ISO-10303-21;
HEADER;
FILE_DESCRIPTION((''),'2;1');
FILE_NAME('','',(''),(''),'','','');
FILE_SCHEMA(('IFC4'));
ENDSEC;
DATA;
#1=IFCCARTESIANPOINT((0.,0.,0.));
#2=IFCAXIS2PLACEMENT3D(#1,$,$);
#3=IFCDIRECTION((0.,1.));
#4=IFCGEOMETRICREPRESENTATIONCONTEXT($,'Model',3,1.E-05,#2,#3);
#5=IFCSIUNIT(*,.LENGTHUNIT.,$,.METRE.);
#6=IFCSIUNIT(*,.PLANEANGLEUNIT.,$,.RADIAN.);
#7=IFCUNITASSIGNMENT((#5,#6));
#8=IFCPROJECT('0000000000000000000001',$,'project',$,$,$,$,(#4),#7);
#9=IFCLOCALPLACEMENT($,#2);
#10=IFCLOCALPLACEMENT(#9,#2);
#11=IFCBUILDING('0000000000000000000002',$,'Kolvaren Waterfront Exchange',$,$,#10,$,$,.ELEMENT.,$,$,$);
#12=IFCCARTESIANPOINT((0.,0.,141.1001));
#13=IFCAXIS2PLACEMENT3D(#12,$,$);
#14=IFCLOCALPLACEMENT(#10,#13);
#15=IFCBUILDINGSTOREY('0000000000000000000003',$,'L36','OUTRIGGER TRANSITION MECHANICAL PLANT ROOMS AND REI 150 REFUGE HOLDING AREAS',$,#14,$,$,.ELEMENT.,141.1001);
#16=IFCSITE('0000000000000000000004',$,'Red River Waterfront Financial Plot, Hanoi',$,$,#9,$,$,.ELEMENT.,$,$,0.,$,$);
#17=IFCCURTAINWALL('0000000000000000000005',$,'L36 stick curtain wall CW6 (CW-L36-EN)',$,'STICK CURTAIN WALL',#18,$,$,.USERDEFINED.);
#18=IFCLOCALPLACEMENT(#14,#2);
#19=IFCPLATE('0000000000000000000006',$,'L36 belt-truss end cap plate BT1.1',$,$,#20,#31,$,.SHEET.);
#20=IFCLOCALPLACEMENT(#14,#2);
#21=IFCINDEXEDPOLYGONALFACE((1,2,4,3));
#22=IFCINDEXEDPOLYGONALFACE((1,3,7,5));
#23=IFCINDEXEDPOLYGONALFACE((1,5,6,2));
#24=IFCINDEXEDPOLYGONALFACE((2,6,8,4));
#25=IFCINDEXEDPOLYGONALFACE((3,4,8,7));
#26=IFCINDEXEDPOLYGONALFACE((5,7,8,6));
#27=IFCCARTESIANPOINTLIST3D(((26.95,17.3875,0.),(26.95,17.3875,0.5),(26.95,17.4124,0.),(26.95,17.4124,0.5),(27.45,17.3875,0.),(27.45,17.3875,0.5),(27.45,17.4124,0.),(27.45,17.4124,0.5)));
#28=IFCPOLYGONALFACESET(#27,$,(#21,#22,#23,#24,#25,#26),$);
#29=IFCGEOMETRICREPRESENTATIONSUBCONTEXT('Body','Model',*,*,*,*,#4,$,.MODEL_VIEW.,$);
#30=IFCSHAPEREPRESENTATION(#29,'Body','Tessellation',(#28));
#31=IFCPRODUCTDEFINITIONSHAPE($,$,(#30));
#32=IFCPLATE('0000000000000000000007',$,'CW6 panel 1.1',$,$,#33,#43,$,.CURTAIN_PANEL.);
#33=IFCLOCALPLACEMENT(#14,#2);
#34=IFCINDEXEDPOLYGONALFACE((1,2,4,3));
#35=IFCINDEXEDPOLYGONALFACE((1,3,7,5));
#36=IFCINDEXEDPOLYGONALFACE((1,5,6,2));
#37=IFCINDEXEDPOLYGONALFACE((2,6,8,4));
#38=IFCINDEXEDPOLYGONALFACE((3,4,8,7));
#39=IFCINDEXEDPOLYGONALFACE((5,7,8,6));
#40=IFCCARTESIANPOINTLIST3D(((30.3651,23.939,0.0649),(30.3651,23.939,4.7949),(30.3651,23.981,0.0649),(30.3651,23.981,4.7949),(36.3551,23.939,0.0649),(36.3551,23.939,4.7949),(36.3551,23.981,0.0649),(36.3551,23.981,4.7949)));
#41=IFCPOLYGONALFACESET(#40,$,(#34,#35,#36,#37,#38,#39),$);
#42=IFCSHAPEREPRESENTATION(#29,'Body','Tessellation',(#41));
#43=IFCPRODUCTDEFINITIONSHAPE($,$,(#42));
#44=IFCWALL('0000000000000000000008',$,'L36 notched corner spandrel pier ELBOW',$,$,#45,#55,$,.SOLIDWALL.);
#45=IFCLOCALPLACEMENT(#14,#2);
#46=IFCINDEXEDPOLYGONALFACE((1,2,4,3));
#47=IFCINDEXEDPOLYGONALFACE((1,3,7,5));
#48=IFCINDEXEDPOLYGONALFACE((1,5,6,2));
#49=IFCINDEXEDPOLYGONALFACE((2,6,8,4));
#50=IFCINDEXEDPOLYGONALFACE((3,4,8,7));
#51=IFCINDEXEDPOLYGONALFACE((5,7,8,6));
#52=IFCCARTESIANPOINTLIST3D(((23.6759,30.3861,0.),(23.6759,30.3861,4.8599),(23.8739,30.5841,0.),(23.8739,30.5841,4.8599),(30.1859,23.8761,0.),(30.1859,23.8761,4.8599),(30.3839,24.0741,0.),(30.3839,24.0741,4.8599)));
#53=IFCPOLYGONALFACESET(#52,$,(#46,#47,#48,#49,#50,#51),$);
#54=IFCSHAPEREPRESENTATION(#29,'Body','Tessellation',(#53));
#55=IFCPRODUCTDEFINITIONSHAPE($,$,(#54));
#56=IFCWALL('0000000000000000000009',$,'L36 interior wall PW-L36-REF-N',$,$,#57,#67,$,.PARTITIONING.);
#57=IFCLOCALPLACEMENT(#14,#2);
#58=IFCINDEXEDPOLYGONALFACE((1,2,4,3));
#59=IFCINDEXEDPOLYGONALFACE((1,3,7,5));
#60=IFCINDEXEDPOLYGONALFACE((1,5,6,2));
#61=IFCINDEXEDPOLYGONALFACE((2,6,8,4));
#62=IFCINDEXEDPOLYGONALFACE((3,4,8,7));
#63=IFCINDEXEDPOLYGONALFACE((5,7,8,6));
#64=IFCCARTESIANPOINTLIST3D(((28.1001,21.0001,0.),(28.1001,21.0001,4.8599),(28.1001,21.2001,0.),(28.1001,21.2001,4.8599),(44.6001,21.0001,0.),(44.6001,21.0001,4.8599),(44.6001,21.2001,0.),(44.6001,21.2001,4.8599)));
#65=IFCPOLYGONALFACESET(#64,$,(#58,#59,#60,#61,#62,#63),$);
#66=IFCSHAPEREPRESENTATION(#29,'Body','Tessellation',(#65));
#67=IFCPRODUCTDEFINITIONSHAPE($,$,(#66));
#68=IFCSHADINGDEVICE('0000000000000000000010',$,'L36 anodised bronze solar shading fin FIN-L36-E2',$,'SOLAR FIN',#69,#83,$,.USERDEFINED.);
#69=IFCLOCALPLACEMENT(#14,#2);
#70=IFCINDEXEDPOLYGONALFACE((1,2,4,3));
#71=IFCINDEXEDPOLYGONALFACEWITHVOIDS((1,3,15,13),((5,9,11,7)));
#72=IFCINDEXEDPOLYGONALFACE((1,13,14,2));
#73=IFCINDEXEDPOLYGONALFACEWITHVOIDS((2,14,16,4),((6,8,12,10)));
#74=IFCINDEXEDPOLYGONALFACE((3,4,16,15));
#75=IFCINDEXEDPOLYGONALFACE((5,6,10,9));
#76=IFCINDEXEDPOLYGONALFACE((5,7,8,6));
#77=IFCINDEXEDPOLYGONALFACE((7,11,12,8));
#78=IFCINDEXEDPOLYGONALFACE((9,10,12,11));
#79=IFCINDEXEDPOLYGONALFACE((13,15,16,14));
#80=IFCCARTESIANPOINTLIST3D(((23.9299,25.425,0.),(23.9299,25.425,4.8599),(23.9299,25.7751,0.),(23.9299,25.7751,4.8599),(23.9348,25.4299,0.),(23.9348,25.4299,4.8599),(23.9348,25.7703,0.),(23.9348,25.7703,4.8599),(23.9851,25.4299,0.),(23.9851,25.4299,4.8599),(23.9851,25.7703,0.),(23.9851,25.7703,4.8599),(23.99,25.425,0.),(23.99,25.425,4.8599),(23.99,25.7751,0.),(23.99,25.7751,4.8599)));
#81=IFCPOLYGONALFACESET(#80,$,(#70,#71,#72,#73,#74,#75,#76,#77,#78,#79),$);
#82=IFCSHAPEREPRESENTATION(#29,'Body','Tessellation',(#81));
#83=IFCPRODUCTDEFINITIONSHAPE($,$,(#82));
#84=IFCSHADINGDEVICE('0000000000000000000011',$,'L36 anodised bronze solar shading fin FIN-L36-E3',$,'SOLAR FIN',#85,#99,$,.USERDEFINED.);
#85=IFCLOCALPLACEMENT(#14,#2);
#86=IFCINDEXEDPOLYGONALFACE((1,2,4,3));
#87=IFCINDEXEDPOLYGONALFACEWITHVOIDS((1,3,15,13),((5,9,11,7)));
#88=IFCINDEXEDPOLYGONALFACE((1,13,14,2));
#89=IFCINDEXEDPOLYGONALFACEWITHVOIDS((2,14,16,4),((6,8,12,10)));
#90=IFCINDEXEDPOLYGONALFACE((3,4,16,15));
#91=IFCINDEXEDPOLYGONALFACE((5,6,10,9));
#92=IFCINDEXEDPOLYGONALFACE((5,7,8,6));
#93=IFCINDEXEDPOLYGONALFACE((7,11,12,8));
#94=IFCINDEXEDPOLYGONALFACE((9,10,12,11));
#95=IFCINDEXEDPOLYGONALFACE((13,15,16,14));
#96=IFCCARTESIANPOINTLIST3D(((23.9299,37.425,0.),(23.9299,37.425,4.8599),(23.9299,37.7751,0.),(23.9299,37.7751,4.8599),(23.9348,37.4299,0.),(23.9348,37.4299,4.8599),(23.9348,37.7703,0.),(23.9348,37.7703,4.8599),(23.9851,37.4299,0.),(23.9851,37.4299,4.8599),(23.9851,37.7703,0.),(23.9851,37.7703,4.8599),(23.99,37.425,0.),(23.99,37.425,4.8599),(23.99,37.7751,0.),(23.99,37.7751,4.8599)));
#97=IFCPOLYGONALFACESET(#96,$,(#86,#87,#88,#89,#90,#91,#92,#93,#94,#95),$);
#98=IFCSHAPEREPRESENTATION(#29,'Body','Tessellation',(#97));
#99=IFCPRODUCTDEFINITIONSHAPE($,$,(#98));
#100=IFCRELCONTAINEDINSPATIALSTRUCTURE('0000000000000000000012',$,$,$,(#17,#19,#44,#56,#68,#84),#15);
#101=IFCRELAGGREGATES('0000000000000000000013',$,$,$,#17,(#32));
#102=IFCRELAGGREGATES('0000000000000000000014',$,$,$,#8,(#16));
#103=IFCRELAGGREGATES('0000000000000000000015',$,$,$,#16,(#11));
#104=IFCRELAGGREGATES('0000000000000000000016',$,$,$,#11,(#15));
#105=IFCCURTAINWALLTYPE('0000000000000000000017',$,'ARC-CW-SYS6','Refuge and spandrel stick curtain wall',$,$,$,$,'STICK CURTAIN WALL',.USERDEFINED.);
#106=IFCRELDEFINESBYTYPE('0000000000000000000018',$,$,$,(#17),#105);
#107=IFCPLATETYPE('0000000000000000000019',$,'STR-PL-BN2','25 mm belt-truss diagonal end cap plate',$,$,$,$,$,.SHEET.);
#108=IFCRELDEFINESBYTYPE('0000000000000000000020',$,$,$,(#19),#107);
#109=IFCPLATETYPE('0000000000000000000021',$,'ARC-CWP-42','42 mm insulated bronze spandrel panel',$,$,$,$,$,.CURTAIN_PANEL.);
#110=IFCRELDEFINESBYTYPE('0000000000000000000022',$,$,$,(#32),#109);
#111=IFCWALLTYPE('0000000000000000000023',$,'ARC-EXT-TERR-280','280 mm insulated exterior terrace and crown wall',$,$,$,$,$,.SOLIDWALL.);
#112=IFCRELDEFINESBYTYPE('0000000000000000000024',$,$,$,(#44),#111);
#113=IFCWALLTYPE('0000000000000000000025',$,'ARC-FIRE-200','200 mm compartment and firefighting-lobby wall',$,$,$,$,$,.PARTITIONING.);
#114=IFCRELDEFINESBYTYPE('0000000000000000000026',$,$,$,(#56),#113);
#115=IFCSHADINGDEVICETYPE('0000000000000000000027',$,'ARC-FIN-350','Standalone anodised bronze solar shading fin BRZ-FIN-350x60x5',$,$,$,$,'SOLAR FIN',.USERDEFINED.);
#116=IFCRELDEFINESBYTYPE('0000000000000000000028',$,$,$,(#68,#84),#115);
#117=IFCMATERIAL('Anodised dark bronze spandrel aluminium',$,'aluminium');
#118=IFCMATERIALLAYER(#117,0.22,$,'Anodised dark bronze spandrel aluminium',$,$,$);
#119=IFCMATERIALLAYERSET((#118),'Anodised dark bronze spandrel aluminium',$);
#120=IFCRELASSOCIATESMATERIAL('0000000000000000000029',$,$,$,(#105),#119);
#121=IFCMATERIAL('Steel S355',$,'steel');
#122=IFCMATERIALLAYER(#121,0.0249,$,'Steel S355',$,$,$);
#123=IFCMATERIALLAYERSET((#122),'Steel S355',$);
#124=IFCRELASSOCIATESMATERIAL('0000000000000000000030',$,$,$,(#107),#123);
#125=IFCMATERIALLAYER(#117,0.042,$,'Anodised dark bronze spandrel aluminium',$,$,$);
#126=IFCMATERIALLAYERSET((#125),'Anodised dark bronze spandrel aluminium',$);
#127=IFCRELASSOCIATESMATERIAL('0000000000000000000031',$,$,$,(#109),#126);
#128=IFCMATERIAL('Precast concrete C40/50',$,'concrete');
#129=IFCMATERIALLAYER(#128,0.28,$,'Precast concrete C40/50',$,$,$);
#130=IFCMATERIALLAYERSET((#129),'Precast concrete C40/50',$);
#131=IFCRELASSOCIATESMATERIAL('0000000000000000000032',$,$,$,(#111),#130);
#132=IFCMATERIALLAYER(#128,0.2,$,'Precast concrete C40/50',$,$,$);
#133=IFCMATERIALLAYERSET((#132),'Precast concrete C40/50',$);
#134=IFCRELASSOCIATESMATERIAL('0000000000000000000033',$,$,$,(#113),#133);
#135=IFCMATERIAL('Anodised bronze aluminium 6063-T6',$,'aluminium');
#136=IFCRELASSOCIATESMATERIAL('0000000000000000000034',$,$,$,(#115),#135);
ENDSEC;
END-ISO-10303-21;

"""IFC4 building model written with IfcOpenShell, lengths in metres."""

from ifc_helpers import new_model, si_unit, direction, frame, frame_2d, origin, origin_with_axes, origin_2d, place, context, subcontext, project, spatial, rectangle, hollow_rectangle, extrude, source, transform, mapped, material, layer, layer_set, material_profile, profile_set, type_object, element, aggregate, save


model = new_model("IFC4")

# Units and contexts
model_context = context("Model", 3, precision=1e-05, world=origin(), true_north=direction((0.0, 1.0)))
body_context = subcontext(model_context, "Body", "Model", "MODEL_VIEW")
ifc_project = project(units=[si_unit("LENGTHUNIT", "METRE"), si_unit("PLANEANGLEUNIT", "RADIAN")], contexts=[model_context])

# Site, building, storey
site_placement = place(None, origin())
site = spatial("IfcSite", under=ifc_project, at=site_placement, Name="Red River Waterfront Financial Plot, Hanoi", CompositionType="ELEMENT", RefElevation=0.0)
building_placement = place(site_placement, origin())
building = spatial("IfcBuilding", under=site, at=building_placement, Name="Kolvaren Waterfront Exchange", CompositionType="ELEMENT")
storey_placement = place(building_placement, frame((0.0, 0.0, 141.1001)))
storey = spatial("IfcBuildingStorey", under=building, at=storey_placement, Name="L36", Description="OUTRIGGER TRANSITION MECHANICAL PLANT ROOMS AND REI 150 REFUGE HOLDING AREAS", CompositionType="ELEMENT", Elevation=141.1001)

# Shared definitions
ifc_material_1 = material(Name="Steel S355", Category="steel")

# Curtain wall
ifc_material_2 = material(Name="Anodised dark bronze spandrel aluminium", Category="aluminium")
ifc_layer_1 = layer(ifc_material_2, 0.22, Name="Anodised dark bronze spandrel aluminium")
ifc_layer_set_1 = layer_set([ifc_layer_1], Name="Anodised dark bronze spandrel aluminium")
curtain_wall_type = type_object("IfcCurtainWallType", Name="ARC-CW-SYS6", Description="Refuge and spandrel stick curtain wall", ElementType="STICK CURTAIN WALL", PredefinedType="USERDEFINED", material=ifc_layer_set_1)
curtain_wall_placement = place(storey_placement, origin())
curtain_wall = element("IfcCurtainWall", 1, at=curtain_wall_placement, inside=storey, type_object=curtain_wall_type, Name="L36 stick curtain wall CW6 (CW-L36-EN)", ObjectType="STICK CURTAIN WALL", PredefinedType="USERDEFINED")
ifc_material_3 = material(Name="Anodised bronze aluminium 6063-T6", Category="aluminium")

# Plate
ifc_layer_2 = layer(ifc_material_1, 0.0249, Name="Steel S355")
ifc_layer_set_2 = layer_set([ifc_layer_2], Name="Steel S355")
plate_type_1 = type_object("IfcPlateType", Name="STR-PL-BN2", Description="25 mm belt-truss diagonal end cap plate", PredefinedType="SHEET", material=ifc_layer_set_2)
shared_shape_1 = source(origin_with_axes(), body_context, "Body", "SweptSolid", [
    extrude(rectangle(XDim=0.5, YDim=0.0249, at=origin_2d()), origin(), (0.0, 0.0, 1.0), 0.5),
])
plate_1_placement = place(storey_placement, frame((27.2, 17.3999, 0.0), z_axis=(0.0, 0.0, 1.0), x_axis=(1.0, 0.0, 0.0)))
element("IfcPlate", 2, at=plate_1_placement, inside=storey, type_object=plate_type_1, Name="L36 belt-truss end cap plate BT1.1", PredefinedType="SHEET", context=body_context, shape_type="MappedRepresentation", body=[
    mapped(shared_shape_1, transform((0.0, 0.0, 0.0), x_axis=(1.0, 0.0, 0.0), y_axis=(0.0, 1.0, 0.0), z_axis=(0.0, 0.0, 1.0), scale=1.0)),
])

# Plate
ifc_layer_3 = layer(ifc_material_2, 0.042, Name="Anodised dark bronze spandrel aluminium")
ifc_layer_set_3 = layer_set([ifc_layer_3], Name="Anodised dark bronze spandrel aluminium")
plate_type_2 = type_object("IfcPlateType", Name="ARC-CWP-42", Description="42 mm insulated bronze spandrel panel", PredefinedType="CURTAIN_PANEL", material=ifc_layer_set_3)
shared_shape_2 = source(origin_with_axes(), body_context, "Body", "SweptSolid", [
    extrude(rectangle(XDim=5.99, YDim=0.042, at=origin_2d()), origin(), (0.0, 0.0, 1.0), 4.73),
])
plate_2_placement = place(storey_placement, frame((33.3601, 23.96, 0.0649), z_axis=(0.0, 0.0, 1.0), x_axis=(1.0, 0.0, 0.0)))
plate_2 = element("IfcPlate", 3, at=plate_2_placement, type_object=plate_type_2, Name="CW6 panel 1.1", PredefinedType="CURTAIN_PANEL", context=body_context, shape_type="MappedRepresentation", body=[
    mapped(shared_shape_2, transform((0.0, 0.0, 0.0), x_axis=(1.0, 0.0, 0.0), y_axis=(0.0, 1.0, 0.0), z_axis=(0.0, 0.0, 1.0), scale=1.0)),
])
aggregate(curtain_wall, [plate_2])

# Walls
ifc_material_4 = material(Name="Precast concrete C40/50", Category="concrete")
ifc_layer_4 = layer(ifc_material_4, 0.28, Name="Precast concrete C40/50")
ifc_layer_set_4 = layer_set([ifc_layer_4], Name="Precast concrete C40/50")
wall_type_1 = type_object("IfcWallType", Name="ARC-EXT-TERR-280", Description="280 mm insulated exterior terrace and crown wall", PredefinedType="SOLIDWALL", material=ifc_layer_set_4)
wall_1_placement = place(storey_placement, frame((30.2849, 23.9751, 0.0), z_axis=(0.0, 0.0, 1.0), x_axis=(-0.707107, 0.707107, 0.0)))
element("IfcWall", 4, at=wall_1_placement, inside=storey, type_object=wall_type_1, Name="L36 notched corner spandrel pier ELBOW", PredefinedType="SOLIDWALL", context=body_context, shape_type="SweptSolid", body=[
    extrude(rectangle(XDim=9.2065, YDim=0.28, at=frame_2d((4.6033, 0.0))), origin(), (0.0, 0.0, 1.0), 4.8599),
])
ifc_layer_5 = layer(ifc_material_4, 0.2, Name="Precast concrete C40/50")
ifc_layer_set_5 = layer_set([ifc_layer_5], Name="Precast concrete C40/50")
wall_type_2 = type_object("IfcWallType", Name="ARC-FIRE-200", Description="200 mm compartment and firefighting-lobby wall", PredefinedType="PARTITIONING", material=ifc_layer_set_5)
wall_2_placement = place(storey_placement, frame((28.1001, 21.1001, 0.0), z_axis=(0.0, 0.0, 1.0), x_axis=(1.0, 0.0, 0.0)))
element("IfcWall", 5, at=wall_2_placement, inside=storey, type_object=wall_type_2, Name="L36 interior wall PW-L36-REF-N", PredefinedType="PARTITIONING", context=body_context, shape_type="SweptSolid", body=[
    extrude(rectangle(XDim=16.5, YDim=0.2, at=frame_2d((8.25, 0.0))), origin(), (0.0, 0.0, 1.0), 4.8599),
])

# Shading devices
ifc_material_profile_1 = material_profile(ifc_material_3, hollow_rectangle(XDim=0.0601, YDim=0.3501, WallThickness=0.0049, at=origin_2d()), Name="BRZ-FIN-350x60x5")
ifc_profile_set_1 = profile_set([ifc_material_profile_1], Name="Anodised bronze aluminium 6063-T6")
shading_device_type = type_object("IfcShadingDeviceType", Name="ARC-FIN-350", Description="Standalone anodised bronze solar shading fin BRZ-FIN-350x60x5", ElementType="SOLAR FIN", PredefinedType="USERDEFINED", material=ifc_profile_set_1)
for number, where, z_axis, x_axis, name in (
    (6, (23.96, 25.6001, 0.0), (0.0, 0.0, 1.0), (1.0, 0.0, 0.0), "L36 anodised bronze solar shading fin FIN-L36-E2"),
    (7, (23.96, 37.6001, 0.0), (0.0, 0.0, 1.0), (1.0, 0.0, 0.0), "L36 anodised bronze solar shading fin FIN-L36-E3"),
):
    element("IfcShadingDevice", number, at=place(storey_placement, frame(where, z_axis=z_axis, x_axis=x_axis)), inside=storey, type_object=shading_device_type, Name=name, ObjectType="SOLAR FIN", PredefinedType="USERDEFINED", context=body_context, shape_type="SweptSolid", body=[
        extrude(hollow_rectangle(XDim=0.0601, YDim=0.3501, WallThickness=0.0049, at=origin_2d()), origin(), (0.0, 0.0, 1.0), 4.8599),
    ])

save(model, "model.ifc")
